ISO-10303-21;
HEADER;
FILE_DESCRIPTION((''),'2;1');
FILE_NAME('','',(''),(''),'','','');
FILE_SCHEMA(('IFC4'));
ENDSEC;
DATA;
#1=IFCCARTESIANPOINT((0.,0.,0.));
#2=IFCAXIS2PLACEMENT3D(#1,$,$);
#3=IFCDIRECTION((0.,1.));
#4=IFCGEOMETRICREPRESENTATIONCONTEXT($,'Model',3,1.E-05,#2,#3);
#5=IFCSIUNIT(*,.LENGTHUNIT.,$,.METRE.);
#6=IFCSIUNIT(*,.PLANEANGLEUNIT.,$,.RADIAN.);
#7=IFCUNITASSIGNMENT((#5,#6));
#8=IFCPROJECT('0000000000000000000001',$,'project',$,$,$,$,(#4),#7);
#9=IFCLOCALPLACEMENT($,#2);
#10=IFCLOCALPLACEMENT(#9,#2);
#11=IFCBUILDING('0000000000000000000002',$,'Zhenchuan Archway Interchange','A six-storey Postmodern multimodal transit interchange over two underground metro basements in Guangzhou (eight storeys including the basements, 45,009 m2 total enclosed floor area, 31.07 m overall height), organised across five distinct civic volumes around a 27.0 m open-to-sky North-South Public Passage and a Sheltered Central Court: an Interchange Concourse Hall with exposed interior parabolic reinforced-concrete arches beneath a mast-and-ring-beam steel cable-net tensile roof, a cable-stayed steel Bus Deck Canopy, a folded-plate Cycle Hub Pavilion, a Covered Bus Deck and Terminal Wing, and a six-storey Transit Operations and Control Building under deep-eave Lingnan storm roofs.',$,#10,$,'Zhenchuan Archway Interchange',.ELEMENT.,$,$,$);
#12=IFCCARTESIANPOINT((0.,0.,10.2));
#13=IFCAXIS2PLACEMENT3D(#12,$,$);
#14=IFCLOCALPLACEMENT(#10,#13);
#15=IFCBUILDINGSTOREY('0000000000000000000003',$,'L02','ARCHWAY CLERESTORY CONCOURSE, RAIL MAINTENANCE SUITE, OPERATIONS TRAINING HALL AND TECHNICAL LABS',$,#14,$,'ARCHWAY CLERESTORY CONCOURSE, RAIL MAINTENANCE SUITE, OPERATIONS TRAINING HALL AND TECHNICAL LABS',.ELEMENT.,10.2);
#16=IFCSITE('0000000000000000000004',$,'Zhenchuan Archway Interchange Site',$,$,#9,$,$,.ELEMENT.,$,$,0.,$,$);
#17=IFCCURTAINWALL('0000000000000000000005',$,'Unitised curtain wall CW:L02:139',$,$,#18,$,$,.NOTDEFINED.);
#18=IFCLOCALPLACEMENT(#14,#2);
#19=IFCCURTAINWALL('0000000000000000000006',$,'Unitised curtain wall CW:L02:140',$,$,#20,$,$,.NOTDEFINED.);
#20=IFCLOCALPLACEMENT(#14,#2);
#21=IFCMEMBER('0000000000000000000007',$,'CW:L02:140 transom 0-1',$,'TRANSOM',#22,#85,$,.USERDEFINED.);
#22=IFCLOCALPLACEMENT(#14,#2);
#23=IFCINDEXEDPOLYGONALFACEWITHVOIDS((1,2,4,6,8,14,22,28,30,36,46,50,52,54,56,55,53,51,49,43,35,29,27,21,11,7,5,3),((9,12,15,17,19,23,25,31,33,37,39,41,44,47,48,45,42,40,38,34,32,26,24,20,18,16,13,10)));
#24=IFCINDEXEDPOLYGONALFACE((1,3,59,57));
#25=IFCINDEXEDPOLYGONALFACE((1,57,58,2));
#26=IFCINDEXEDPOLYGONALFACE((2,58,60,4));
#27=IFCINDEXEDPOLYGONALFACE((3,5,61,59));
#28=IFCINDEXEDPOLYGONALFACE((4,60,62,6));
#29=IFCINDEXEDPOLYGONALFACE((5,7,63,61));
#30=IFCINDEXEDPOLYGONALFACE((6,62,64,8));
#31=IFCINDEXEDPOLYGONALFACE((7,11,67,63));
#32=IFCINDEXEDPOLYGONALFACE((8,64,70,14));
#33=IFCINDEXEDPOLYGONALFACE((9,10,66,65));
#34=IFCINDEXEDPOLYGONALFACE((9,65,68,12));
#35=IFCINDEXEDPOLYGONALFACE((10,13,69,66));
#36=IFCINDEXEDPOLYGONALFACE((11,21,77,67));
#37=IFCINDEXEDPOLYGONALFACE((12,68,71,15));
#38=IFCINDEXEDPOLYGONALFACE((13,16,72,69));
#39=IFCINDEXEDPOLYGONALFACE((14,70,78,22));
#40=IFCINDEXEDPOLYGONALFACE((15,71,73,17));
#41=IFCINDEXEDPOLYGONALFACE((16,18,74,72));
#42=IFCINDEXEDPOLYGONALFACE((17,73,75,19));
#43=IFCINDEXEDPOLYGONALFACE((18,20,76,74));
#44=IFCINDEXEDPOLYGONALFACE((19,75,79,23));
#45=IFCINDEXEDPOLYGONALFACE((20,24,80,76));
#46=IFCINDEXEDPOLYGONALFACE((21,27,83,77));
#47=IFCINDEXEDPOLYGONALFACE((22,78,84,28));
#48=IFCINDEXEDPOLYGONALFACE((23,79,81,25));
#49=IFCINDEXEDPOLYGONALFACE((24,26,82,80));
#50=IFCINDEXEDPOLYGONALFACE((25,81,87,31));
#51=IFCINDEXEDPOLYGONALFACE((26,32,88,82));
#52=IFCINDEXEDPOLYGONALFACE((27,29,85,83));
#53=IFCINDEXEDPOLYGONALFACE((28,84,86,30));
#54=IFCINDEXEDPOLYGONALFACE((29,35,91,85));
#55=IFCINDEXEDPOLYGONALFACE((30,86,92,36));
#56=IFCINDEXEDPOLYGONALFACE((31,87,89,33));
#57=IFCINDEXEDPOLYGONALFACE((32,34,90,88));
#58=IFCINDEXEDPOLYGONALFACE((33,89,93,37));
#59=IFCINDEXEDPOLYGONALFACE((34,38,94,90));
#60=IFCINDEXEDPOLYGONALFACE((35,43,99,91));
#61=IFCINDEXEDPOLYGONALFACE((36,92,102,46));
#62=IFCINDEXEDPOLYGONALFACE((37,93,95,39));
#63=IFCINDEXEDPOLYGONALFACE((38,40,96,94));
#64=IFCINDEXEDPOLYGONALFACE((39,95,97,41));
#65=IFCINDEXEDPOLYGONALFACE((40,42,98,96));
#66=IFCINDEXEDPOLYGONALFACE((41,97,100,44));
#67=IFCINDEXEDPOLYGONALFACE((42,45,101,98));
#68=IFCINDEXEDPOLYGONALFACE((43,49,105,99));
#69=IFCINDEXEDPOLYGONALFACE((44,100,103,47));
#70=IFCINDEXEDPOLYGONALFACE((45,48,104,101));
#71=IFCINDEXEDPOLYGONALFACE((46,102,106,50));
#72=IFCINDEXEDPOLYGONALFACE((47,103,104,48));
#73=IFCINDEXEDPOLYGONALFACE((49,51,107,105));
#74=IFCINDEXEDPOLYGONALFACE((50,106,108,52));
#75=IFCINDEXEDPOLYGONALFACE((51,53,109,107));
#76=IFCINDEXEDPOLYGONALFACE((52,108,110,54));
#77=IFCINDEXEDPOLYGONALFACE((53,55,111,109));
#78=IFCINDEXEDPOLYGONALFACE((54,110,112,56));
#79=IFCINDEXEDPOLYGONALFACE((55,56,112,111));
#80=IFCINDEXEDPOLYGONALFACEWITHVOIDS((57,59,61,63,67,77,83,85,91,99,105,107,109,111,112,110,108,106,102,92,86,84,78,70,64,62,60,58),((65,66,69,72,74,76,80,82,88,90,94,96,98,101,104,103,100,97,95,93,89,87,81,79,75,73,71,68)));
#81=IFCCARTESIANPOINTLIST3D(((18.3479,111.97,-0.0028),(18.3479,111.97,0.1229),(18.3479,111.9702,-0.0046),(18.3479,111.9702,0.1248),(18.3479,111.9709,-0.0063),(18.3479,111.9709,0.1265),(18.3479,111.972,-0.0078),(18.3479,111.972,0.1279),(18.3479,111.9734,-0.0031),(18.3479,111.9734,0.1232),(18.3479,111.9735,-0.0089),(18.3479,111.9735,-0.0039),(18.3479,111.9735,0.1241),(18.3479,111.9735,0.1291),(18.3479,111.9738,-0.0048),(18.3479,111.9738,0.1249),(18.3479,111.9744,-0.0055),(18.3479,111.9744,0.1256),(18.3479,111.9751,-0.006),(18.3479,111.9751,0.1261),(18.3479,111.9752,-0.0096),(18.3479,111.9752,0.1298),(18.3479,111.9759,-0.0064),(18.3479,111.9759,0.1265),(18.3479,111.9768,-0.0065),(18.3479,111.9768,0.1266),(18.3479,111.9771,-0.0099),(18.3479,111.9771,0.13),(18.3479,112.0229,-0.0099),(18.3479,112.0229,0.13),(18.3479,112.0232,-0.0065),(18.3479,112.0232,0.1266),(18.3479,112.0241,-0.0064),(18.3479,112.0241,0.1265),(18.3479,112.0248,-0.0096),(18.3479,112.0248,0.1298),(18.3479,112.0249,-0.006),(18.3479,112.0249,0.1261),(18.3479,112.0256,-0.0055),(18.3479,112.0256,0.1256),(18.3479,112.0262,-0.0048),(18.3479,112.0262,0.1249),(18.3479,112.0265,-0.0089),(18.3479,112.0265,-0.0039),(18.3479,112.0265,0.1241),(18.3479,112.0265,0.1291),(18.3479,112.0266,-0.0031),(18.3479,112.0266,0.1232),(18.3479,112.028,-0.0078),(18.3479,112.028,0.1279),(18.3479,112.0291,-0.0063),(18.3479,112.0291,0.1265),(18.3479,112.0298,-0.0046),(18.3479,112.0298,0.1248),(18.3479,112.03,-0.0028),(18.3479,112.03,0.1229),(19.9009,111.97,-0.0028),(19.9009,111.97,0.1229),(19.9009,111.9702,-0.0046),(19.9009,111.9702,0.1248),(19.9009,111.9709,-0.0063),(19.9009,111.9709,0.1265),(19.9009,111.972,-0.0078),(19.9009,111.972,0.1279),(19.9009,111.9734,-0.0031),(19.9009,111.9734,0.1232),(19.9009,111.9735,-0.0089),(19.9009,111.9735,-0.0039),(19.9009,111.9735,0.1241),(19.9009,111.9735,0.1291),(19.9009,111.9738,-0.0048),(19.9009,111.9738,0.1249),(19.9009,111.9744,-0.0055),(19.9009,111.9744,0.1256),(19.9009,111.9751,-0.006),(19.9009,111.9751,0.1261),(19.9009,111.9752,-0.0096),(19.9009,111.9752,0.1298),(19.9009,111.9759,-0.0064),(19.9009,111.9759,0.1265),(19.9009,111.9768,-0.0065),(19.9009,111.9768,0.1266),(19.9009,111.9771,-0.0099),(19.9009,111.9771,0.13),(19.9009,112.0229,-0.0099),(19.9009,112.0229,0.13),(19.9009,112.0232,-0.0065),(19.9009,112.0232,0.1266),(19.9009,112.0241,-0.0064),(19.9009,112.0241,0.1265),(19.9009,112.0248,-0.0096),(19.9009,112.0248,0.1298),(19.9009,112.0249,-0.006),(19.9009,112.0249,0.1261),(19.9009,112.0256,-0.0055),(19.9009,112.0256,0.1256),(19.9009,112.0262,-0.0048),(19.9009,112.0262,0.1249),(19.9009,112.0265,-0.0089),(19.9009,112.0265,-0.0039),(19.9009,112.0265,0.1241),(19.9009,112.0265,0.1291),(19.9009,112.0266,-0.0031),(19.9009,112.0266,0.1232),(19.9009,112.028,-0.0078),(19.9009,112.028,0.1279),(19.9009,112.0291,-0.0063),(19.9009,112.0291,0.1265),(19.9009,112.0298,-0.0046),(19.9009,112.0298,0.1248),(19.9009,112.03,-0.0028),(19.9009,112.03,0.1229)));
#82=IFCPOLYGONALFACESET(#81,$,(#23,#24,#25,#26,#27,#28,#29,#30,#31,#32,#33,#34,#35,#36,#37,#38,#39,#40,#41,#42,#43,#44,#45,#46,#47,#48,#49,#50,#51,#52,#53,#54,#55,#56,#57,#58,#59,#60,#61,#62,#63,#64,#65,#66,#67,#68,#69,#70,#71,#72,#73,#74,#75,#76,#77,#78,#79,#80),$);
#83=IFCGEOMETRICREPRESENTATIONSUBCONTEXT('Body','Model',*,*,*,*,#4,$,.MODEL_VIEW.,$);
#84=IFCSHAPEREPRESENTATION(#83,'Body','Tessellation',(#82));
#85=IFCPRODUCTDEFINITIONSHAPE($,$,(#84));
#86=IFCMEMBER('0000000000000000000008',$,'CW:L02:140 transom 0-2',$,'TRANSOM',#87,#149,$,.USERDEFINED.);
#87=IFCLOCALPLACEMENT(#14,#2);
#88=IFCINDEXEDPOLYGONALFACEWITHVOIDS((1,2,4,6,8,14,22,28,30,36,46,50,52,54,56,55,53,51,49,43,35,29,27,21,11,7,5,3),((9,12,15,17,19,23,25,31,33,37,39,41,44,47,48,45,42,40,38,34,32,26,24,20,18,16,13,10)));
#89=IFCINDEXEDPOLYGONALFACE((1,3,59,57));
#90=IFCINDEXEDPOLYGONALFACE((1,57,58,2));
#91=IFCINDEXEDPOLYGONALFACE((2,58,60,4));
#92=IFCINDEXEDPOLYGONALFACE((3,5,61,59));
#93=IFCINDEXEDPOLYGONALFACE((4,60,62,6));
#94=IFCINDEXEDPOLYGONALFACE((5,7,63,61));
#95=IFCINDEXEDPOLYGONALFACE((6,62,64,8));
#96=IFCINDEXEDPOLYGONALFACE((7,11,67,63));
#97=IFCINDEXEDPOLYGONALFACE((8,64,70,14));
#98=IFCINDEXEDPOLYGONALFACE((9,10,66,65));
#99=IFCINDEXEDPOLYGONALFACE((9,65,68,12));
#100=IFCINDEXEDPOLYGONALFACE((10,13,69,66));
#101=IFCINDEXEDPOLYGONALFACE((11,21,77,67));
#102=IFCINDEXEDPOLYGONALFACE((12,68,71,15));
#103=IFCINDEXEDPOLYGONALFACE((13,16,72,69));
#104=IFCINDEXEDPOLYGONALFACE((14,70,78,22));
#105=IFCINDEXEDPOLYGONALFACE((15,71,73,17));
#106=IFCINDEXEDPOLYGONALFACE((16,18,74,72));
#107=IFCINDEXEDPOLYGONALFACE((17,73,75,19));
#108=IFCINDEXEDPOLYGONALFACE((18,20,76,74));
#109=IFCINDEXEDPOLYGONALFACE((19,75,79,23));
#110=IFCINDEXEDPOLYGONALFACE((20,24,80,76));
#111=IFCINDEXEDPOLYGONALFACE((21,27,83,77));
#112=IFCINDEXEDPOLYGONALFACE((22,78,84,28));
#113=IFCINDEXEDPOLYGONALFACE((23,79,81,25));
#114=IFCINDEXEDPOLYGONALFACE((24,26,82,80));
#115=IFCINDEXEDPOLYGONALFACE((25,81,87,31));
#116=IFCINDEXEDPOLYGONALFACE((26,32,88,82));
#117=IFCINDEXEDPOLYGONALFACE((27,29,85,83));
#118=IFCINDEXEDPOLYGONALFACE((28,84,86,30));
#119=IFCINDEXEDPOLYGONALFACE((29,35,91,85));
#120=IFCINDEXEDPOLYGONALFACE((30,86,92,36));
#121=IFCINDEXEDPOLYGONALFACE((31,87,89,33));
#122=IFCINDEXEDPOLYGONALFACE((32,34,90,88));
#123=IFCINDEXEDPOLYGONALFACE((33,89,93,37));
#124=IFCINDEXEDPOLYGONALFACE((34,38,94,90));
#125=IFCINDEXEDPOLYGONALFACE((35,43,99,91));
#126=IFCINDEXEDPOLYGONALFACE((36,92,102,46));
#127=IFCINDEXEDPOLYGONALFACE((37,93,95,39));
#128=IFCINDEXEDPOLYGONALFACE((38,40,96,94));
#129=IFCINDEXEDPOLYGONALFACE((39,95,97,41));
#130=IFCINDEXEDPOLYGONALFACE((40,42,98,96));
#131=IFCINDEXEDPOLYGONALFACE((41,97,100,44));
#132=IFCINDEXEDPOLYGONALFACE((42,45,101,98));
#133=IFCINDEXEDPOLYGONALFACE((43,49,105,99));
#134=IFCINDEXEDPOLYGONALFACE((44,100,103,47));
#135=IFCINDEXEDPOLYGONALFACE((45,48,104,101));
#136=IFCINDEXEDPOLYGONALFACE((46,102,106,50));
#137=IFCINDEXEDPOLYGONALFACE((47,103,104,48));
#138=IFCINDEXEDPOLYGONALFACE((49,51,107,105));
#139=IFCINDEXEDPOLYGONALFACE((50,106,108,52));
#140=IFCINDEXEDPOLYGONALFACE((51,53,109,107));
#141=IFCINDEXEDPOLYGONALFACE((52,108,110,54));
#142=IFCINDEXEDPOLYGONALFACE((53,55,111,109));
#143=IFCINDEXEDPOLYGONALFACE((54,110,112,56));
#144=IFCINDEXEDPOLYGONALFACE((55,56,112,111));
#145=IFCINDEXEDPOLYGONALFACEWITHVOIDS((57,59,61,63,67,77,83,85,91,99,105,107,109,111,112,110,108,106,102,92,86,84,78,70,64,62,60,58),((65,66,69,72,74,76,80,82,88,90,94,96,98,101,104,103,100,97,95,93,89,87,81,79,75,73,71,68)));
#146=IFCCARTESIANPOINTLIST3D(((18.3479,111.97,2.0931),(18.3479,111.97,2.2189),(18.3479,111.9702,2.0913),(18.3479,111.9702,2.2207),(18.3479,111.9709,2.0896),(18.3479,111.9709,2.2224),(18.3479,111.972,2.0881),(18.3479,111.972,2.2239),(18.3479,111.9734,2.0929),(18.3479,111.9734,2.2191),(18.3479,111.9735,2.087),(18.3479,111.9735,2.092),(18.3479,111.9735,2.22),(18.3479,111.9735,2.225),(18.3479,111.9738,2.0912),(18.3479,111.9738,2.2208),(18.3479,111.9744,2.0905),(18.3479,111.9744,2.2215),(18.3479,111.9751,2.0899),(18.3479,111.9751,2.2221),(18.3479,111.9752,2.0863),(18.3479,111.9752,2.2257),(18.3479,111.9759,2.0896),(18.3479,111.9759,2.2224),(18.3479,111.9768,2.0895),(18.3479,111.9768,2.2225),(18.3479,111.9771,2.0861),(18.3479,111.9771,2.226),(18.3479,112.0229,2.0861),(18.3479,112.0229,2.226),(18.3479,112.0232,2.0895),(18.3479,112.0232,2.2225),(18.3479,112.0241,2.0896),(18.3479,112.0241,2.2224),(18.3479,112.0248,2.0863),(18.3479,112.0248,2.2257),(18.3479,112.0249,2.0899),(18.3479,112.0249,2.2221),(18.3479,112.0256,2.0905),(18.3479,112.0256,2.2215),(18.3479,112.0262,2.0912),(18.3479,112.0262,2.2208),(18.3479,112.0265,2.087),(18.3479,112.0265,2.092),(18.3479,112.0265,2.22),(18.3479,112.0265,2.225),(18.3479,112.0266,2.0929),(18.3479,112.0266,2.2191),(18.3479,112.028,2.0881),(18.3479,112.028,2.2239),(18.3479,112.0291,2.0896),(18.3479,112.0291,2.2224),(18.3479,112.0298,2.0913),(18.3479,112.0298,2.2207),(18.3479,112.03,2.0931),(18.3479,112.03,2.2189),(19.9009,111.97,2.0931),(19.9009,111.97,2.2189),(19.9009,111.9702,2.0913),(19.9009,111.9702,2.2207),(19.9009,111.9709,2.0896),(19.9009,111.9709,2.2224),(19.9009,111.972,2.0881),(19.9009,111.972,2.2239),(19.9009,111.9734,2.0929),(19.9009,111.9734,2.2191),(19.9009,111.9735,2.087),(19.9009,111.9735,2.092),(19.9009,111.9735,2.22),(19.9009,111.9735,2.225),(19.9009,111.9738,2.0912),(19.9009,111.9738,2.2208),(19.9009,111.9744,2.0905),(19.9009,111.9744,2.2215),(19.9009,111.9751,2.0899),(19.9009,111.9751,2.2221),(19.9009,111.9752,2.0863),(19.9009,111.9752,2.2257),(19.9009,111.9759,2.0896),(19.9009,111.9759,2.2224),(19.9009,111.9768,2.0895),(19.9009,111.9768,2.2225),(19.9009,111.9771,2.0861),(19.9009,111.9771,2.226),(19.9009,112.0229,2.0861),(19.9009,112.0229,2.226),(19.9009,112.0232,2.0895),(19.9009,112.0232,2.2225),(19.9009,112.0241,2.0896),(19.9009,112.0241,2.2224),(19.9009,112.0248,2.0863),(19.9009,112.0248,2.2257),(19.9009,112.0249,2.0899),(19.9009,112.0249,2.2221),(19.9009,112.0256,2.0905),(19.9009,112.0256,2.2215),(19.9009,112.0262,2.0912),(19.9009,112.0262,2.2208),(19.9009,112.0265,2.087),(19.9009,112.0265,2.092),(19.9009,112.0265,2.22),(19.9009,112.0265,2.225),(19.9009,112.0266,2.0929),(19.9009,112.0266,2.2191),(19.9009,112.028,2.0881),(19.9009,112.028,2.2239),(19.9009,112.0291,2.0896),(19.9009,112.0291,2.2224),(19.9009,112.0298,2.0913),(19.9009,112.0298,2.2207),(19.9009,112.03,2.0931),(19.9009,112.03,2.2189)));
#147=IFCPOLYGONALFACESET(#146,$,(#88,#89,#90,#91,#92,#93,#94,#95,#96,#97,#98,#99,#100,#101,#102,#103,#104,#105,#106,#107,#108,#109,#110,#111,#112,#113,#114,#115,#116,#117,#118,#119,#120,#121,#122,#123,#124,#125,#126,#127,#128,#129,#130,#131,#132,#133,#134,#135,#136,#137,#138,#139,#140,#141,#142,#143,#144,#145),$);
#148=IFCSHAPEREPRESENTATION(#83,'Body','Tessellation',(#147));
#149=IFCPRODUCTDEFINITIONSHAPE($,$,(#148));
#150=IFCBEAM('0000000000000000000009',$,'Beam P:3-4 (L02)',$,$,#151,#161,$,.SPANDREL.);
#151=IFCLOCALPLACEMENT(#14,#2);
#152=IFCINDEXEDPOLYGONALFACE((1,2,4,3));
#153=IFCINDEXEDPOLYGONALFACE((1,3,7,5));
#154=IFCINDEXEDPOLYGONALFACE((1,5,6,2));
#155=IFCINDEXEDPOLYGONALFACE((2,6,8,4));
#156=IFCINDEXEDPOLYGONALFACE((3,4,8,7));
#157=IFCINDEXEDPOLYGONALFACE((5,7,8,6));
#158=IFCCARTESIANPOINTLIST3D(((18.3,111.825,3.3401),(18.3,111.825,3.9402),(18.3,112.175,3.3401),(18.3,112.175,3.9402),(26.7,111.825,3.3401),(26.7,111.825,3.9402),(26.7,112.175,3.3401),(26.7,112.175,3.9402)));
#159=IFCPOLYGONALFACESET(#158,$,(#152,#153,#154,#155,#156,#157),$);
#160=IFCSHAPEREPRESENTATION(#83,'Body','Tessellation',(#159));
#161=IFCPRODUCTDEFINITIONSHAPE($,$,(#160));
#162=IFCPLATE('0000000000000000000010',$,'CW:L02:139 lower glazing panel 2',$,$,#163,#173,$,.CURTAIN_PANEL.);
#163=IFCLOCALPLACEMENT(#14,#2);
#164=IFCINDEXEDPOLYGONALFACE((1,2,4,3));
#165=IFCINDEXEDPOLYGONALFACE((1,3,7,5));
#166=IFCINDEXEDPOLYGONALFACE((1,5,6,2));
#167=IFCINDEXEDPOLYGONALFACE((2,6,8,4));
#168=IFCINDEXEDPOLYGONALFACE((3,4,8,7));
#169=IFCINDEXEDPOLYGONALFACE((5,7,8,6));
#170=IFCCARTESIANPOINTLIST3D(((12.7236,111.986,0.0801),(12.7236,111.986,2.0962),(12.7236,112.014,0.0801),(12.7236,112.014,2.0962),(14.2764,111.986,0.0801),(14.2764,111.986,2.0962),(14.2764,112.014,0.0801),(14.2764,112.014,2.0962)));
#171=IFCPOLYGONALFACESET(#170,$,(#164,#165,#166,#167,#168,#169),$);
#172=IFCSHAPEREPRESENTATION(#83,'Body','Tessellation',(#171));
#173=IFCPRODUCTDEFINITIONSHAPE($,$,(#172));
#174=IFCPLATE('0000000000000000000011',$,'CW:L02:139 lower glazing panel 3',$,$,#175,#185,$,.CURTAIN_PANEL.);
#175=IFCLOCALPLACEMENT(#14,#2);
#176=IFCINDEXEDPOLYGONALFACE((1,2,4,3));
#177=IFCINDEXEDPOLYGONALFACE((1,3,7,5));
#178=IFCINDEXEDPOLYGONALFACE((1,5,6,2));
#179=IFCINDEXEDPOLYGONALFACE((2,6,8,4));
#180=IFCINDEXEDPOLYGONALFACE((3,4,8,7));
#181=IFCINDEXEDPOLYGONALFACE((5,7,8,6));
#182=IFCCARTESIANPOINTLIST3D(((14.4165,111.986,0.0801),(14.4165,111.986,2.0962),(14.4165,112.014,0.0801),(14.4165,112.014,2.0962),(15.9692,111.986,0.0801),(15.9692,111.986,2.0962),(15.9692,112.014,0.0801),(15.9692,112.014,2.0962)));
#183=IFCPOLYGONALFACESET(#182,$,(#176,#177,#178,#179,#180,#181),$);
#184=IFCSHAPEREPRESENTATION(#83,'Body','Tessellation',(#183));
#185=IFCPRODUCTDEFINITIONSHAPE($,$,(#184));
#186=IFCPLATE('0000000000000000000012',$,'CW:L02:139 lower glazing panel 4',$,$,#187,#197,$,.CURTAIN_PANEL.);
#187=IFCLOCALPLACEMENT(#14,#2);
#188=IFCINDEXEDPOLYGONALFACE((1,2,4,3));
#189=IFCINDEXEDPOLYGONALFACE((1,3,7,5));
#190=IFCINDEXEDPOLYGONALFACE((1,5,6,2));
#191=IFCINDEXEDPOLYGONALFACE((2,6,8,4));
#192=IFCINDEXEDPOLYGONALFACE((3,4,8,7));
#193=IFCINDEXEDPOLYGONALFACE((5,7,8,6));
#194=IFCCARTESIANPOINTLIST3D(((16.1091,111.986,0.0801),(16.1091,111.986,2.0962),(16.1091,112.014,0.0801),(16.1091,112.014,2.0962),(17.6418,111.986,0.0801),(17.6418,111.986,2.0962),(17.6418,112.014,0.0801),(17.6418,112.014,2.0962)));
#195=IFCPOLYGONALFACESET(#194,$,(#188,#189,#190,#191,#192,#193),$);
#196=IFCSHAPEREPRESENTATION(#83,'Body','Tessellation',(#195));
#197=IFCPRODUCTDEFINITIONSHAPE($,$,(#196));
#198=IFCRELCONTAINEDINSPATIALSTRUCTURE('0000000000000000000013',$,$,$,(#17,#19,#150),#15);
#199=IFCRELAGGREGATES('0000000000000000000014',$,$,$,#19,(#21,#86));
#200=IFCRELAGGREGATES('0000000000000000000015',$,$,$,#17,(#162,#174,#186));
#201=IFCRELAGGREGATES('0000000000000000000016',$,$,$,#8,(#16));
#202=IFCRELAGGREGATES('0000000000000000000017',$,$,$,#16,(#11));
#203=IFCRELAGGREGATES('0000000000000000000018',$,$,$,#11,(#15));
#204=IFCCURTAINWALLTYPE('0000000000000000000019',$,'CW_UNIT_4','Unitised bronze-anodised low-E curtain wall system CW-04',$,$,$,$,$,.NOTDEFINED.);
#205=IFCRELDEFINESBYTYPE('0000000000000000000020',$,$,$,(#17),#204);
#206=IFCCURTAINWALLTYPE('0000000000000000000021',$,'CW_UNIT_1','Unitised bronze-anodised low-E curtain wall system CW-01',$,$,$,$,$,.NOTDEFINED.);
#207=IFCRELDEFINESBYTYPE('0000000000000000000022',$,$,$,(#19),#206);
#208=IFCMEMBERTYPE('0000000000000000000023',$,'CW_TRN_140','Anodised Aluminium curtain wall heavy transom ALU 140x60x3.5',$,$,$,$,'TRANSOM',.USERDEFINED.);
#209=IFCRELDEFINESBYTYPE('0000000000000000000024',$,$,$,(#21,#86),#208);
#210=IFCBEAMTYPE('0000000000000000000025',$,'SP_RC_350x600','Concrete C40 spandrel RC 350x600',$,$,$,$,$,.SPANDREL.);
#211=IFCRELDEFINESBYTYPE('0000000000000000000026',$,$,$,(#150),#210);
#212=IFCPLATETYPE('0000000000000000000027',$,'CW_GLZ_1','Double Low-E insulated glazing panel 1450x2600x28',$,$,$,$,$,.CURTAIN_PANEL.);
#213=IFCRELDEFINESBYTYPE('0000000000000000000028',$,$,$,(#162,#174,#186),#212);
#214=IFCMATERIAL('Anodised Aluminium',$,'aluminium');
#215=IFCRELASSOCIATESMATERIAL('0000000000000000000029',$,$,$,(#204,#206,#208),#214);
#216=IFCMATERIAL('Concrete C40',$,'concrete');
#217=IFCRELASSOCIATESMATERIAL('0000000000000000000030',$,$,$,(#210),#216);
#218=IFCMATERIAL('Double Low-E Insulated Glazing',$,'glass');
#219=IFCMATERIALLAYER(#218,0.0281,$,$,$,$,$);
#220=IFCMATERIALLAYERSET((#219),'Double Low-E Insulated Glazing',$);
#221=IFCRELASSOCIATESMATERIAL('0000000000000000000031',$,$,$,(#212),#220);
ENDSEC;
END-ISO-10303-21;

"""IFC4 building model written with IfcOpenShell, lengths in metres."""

from ifc_helpers import new_model, si_unit, direction, frame, origin, origin_2d, place, context, subcontext, project, spatial, rectangle, hollow_rectangle, extrude, material, layer, layer_set, material_profile, profile_set, type_object, element, aggregate, save


model = new_model("IFC4")

# Units and contexts
model_context = context("Model", 3, precision=1e-05, world=origin(), true_north=direction((0.0, 1.0)))
body_context = subcontext(model_context, "Body", "Model", "MODEL_VIEW")
ifc_project = project(units=[si_unit("LENGTHUNIT", "METRE"), si_unit("PLANEANGLEUNIT", "RADIAN")], contexts=[model_context])

# Site, building, storey
site_placement = place(None, origin())
site = spatial("IfcSite", under=ifc_project, at=site_placement, Name="Zhenchuan Archway Interchange Site", CompositionType="ELEMENT", RefElevation=0.0)
building_placement = place(site_placement, origin())
building = spatial("IfcBuilding", under=site, at=building_placement, Name="Zhenchuan Archway Interchange", Description="A six-storey Postmodern multimodal transit interchange over two underground metro basements in Guangzhou (eight storeys including the basements, 45,009 m2 total enclosed floor area, 31.07 m overall height), organised across five distinct civic volumes around a 27.0 m open-to-sky North-South Public Passage and a Sheltered Central Court: an Interchange Concourse Hall with exposed interior parabolic reinforced-concrete arches beneath a mast-and-ring-beam steel cable-net tensile roof, a cable-stayed steel Bus Deck Canopy, a folded-plate Cycle Hub Pavilion, a Covered Bus Deck and Terminal Wing, and a six-storey Transit Operations and Control Building under deep-eave Lingnan storm roofs.", LongName="Zhenchuan Archway Interchange", CompositionType="ELEMENT")
storey_placement = place(building_placement, frame((0.0, 0.0, 10.2)))
storey = spatial("IfcBuildingStorey", under=building, at=storey_placement, Name="L02", Description="ARCHWAY CLERESTORY CONCOURSE, RAIL MAINTENANCE SUITE, OPERATIONS TRAINING HALL AND TECHNICAL LABS", LongName="ARCHWAY CLERESTORY CONCOURSE, RAIL MAINTENANCE SUITE, OPERATIONS TRAINING HALL AND TECHNICAL LABS", CompositionType="ELEMENT", Elevation=10.2)

# Shared definitions
ifc_material_1 = material(Name="Concrete C40", Category="concrete")

# Curtain wall
ifc_material_2 = material(Name="Anodised Aluminium", Category="aluminium")
curtain_wall_type_1 = type_object("IfcCurtainWallType", Name="CW_UNIT_4", Description="Unitised bronze-anodised low-E curtain wall system CW-04", PredefinedType="NOTDEFINED", material=ifc_material_2)
curtain_wall_1_placement = place(storey_placement, origin())
curtain_wall_1 = element("IfcCurtainWall", 1, at=curtain_wall_1_placement, inside=storey, type_object=curtain_wall_type_1, Name="Unitised curtain wall CW:L02:139", PredefinedType="NOTDEFINED")

# Curtain wall
curtain_wall_type_2 = type_object("IfcCurtainWallType", Name="CW_UNIT_1", Description="Unitised bronze-anodised low-E curtain wall system CW-01", PredefinedType="NOTDEFINED", material=ifc_material_2)
curtain_wall_2_placement = place(storey_placement, origin())
curtain_wall_2 = element("IfcCurtainWall", 2, at=curtain_wall_2_placement, inside=storey, type_object=curtain_wall_type_2, Name="Unitised curtain wall CW:L02:140", PredefinedType="NOTDEFINED")

# Members
ifc_material_profile_1 = material_profile(ifc_material_2, hollow_rectangle(XDim=0.0601, YDim=0.1399, WallThickness=0.0034, InnerFilletRadius=0.0034, OuterFilletRadius=0.0071, at=origin_2d()), Name="ALU 140x60x3.5")
ifc_profile_set_1 = profile_set([ifc_material_profile_1], Name="Anodised Aluminium")
member_type_1 = type_object("IfcMemberType", Name="CW_TRN_140", Description="Anodised Aluminium curtain wall heavy transom ALU 140x60x3.5", ElementType="TRANSOM", PredefinedType="USERDEFINED", material=ifc_profile_set_1)
member_1_placement = place(storey_placement, frame((18.3479, 112.0, 0.0601), z_axis=(1.0, 0.0, 0.0), x_axis=(0.0, 1.0, 0.0)))
member_1 = element("IfcMember", 3, at=member_1_placement, type_object=member_type_1, Name="CW:L02:140 transom 0-1", ObjectType="TRANSOM", PredefinedType="USERDEFINED", context=body_context, shape_type="SweptSolid", body=[
    extrude(hollow_rectangle(XDim=0.0601, YDim=0.1399, WallThickness=0.0034, InnerFilletRadius=0.0034, OuterFilletRadius=0.0071, at=origin_2d()), origin(), (0.0, 0.0, 1.0), 1.553),
])
member_2_placement = place(storey_placement, frame((18.3479, 112.0, 2.156), z_axis=(1.0, 0.0, 0.0), x_axis=(0.0, 1.0, 0.0)))
member_2 = element("IfcMember", 4, at=member_2_placement, type_object=member_type_1, Name="CW:L02:140 transom 0-2", ObjectType="TRANSOM", PredefinedType="USERDEFINED", context=body_context, shape_type="SweptSolid", body=[
    extrude(hollow_rectangle(XDim=0.0601, YDim=0.1399, WallThickness=0.0034, InnerFilletRadius=0.0034, OuterFilletRadius=0.0071, at=origin_2d()), origin(), (0.0, 0.0, 1.0), 1.553),
])
aggregate(curtain_wall_2, [member_1, member_2])

# Beam
ifc_material_profile_2 = material_profile(ifc_material_1, rectangle(XDim=0.3501, YDim=0.6001, at=origin_2d()), Name="RC 350x600")
ifc_profile_set_2 = profile_set([ifc_material_profile_2], Name="Concrete C40")
beam_type = type_object("IfcBeamType", Name="SP_RC_350x600", Description="Concrete C40 spandrel RC 350x600", PredefinedType="SPANDREL", material=ifc_profile_set_2)
beam_placement = place(storey_placement, frame((18.3, 112.0, 3.6401), z_axis=(1.0, 0.0, 0.0), x_axis=(0.0, 1.0, 0.0)))
element("IfcBeam", 5, at=beam_placement, inside=storey, type_object=beam_type, Name="Beam P:3-4 (L02)", PredefinedType="SPANDREL", context=body_context, shape_type="SweptSolid", body=[
    extrude(rectangle(XDim=0.3501, YDim=0.6001, at=origin_2d()), origin(), (0.0, 0.0, 1.0), 8.3999),
])

# Plates
ifc_material_3 = material(Name="Double Low-E Insulated Glazing", Category="glass")
ifc_layer_1 = layer(ifc_material_3, 0.0281)
ifc_layer_set_1 = layer_set([ifc_layer_1], Name="Double Low-E Insulated Glazing")
plate_type_1 = type_object("IfcPlateType", Name="CW_GLZ_1", Description="Double Low-E insulated glazing panel 1450x2600x28", PredefinedType="CURTAIN_PANEL", material=ifc_layer_set_1)
plate_1_placement = place(storey_placement, frame((13.5, 112.0, 0.0801), z_axis=(0.0, 0.0, 1.0), x_axis=(1.0, 0.0, 0.0)))
plate_1 = element("IfcPlate", 6, at=plate_1_placement, type_object=plate_type_1, Name="CW:L02:139 lower glazing panel 2", PredefinedType="CURTAIN_PANEL", context=body_context, shape_type="SweptSolid", body=[
    extrude(rectangle(XDim=1.5527, YDim=0.0281, at=origin_2d()), origin(), (0.0, 0.0, 1.0), 2.0161),
])
plate_2_placement = place(storey_placement, frame((15.1929, 112.0, 0.0801), z_axis=(0.0, 0.0, 1.0), x_axis=(1.0, 0.0, 0.0)))
plate_2 = element("IfcPlate", 7, at=plate_2_placement, type_object=plate_type_1, Name="CW:L02:139 lower glazing panel 3", PredefinedType="CURTAIN_PANEL", context=body_context, shape_type="SweptSolid", body=[
    extrude(rectangle(XDim=1.5527, YDim=0.0281, at=origin_2d()), origin(), (0.0, 0.0, 1.0), 2.0161),
])
plate_3_placement = place(storey_placement, frame((16.8755, 112.0, 0.0801), z_axis=(0.0, 0.0, 1.0), x_axis=(1.0, 0.0, 0.0)))
plate_3 = element("IfcPlate", 8, at=plate_3_placement, type_object=plate_type_1, Name="CW:L02:139 lower glazing panel 4", PredefinedType="CURTAIN_PANEL", context=body_context, shape_type="SweptSolid", body=[
    extrude(rectangle(XDim=1.5327, YDim=0.0281, at=origin_2d()), origin(), (0.0, 0.0, 1.0), 2.0161),
])
aggregate(curtain_wall_1, [plate_1, plate_2, plate_3])

save(model, "model.ifc")
